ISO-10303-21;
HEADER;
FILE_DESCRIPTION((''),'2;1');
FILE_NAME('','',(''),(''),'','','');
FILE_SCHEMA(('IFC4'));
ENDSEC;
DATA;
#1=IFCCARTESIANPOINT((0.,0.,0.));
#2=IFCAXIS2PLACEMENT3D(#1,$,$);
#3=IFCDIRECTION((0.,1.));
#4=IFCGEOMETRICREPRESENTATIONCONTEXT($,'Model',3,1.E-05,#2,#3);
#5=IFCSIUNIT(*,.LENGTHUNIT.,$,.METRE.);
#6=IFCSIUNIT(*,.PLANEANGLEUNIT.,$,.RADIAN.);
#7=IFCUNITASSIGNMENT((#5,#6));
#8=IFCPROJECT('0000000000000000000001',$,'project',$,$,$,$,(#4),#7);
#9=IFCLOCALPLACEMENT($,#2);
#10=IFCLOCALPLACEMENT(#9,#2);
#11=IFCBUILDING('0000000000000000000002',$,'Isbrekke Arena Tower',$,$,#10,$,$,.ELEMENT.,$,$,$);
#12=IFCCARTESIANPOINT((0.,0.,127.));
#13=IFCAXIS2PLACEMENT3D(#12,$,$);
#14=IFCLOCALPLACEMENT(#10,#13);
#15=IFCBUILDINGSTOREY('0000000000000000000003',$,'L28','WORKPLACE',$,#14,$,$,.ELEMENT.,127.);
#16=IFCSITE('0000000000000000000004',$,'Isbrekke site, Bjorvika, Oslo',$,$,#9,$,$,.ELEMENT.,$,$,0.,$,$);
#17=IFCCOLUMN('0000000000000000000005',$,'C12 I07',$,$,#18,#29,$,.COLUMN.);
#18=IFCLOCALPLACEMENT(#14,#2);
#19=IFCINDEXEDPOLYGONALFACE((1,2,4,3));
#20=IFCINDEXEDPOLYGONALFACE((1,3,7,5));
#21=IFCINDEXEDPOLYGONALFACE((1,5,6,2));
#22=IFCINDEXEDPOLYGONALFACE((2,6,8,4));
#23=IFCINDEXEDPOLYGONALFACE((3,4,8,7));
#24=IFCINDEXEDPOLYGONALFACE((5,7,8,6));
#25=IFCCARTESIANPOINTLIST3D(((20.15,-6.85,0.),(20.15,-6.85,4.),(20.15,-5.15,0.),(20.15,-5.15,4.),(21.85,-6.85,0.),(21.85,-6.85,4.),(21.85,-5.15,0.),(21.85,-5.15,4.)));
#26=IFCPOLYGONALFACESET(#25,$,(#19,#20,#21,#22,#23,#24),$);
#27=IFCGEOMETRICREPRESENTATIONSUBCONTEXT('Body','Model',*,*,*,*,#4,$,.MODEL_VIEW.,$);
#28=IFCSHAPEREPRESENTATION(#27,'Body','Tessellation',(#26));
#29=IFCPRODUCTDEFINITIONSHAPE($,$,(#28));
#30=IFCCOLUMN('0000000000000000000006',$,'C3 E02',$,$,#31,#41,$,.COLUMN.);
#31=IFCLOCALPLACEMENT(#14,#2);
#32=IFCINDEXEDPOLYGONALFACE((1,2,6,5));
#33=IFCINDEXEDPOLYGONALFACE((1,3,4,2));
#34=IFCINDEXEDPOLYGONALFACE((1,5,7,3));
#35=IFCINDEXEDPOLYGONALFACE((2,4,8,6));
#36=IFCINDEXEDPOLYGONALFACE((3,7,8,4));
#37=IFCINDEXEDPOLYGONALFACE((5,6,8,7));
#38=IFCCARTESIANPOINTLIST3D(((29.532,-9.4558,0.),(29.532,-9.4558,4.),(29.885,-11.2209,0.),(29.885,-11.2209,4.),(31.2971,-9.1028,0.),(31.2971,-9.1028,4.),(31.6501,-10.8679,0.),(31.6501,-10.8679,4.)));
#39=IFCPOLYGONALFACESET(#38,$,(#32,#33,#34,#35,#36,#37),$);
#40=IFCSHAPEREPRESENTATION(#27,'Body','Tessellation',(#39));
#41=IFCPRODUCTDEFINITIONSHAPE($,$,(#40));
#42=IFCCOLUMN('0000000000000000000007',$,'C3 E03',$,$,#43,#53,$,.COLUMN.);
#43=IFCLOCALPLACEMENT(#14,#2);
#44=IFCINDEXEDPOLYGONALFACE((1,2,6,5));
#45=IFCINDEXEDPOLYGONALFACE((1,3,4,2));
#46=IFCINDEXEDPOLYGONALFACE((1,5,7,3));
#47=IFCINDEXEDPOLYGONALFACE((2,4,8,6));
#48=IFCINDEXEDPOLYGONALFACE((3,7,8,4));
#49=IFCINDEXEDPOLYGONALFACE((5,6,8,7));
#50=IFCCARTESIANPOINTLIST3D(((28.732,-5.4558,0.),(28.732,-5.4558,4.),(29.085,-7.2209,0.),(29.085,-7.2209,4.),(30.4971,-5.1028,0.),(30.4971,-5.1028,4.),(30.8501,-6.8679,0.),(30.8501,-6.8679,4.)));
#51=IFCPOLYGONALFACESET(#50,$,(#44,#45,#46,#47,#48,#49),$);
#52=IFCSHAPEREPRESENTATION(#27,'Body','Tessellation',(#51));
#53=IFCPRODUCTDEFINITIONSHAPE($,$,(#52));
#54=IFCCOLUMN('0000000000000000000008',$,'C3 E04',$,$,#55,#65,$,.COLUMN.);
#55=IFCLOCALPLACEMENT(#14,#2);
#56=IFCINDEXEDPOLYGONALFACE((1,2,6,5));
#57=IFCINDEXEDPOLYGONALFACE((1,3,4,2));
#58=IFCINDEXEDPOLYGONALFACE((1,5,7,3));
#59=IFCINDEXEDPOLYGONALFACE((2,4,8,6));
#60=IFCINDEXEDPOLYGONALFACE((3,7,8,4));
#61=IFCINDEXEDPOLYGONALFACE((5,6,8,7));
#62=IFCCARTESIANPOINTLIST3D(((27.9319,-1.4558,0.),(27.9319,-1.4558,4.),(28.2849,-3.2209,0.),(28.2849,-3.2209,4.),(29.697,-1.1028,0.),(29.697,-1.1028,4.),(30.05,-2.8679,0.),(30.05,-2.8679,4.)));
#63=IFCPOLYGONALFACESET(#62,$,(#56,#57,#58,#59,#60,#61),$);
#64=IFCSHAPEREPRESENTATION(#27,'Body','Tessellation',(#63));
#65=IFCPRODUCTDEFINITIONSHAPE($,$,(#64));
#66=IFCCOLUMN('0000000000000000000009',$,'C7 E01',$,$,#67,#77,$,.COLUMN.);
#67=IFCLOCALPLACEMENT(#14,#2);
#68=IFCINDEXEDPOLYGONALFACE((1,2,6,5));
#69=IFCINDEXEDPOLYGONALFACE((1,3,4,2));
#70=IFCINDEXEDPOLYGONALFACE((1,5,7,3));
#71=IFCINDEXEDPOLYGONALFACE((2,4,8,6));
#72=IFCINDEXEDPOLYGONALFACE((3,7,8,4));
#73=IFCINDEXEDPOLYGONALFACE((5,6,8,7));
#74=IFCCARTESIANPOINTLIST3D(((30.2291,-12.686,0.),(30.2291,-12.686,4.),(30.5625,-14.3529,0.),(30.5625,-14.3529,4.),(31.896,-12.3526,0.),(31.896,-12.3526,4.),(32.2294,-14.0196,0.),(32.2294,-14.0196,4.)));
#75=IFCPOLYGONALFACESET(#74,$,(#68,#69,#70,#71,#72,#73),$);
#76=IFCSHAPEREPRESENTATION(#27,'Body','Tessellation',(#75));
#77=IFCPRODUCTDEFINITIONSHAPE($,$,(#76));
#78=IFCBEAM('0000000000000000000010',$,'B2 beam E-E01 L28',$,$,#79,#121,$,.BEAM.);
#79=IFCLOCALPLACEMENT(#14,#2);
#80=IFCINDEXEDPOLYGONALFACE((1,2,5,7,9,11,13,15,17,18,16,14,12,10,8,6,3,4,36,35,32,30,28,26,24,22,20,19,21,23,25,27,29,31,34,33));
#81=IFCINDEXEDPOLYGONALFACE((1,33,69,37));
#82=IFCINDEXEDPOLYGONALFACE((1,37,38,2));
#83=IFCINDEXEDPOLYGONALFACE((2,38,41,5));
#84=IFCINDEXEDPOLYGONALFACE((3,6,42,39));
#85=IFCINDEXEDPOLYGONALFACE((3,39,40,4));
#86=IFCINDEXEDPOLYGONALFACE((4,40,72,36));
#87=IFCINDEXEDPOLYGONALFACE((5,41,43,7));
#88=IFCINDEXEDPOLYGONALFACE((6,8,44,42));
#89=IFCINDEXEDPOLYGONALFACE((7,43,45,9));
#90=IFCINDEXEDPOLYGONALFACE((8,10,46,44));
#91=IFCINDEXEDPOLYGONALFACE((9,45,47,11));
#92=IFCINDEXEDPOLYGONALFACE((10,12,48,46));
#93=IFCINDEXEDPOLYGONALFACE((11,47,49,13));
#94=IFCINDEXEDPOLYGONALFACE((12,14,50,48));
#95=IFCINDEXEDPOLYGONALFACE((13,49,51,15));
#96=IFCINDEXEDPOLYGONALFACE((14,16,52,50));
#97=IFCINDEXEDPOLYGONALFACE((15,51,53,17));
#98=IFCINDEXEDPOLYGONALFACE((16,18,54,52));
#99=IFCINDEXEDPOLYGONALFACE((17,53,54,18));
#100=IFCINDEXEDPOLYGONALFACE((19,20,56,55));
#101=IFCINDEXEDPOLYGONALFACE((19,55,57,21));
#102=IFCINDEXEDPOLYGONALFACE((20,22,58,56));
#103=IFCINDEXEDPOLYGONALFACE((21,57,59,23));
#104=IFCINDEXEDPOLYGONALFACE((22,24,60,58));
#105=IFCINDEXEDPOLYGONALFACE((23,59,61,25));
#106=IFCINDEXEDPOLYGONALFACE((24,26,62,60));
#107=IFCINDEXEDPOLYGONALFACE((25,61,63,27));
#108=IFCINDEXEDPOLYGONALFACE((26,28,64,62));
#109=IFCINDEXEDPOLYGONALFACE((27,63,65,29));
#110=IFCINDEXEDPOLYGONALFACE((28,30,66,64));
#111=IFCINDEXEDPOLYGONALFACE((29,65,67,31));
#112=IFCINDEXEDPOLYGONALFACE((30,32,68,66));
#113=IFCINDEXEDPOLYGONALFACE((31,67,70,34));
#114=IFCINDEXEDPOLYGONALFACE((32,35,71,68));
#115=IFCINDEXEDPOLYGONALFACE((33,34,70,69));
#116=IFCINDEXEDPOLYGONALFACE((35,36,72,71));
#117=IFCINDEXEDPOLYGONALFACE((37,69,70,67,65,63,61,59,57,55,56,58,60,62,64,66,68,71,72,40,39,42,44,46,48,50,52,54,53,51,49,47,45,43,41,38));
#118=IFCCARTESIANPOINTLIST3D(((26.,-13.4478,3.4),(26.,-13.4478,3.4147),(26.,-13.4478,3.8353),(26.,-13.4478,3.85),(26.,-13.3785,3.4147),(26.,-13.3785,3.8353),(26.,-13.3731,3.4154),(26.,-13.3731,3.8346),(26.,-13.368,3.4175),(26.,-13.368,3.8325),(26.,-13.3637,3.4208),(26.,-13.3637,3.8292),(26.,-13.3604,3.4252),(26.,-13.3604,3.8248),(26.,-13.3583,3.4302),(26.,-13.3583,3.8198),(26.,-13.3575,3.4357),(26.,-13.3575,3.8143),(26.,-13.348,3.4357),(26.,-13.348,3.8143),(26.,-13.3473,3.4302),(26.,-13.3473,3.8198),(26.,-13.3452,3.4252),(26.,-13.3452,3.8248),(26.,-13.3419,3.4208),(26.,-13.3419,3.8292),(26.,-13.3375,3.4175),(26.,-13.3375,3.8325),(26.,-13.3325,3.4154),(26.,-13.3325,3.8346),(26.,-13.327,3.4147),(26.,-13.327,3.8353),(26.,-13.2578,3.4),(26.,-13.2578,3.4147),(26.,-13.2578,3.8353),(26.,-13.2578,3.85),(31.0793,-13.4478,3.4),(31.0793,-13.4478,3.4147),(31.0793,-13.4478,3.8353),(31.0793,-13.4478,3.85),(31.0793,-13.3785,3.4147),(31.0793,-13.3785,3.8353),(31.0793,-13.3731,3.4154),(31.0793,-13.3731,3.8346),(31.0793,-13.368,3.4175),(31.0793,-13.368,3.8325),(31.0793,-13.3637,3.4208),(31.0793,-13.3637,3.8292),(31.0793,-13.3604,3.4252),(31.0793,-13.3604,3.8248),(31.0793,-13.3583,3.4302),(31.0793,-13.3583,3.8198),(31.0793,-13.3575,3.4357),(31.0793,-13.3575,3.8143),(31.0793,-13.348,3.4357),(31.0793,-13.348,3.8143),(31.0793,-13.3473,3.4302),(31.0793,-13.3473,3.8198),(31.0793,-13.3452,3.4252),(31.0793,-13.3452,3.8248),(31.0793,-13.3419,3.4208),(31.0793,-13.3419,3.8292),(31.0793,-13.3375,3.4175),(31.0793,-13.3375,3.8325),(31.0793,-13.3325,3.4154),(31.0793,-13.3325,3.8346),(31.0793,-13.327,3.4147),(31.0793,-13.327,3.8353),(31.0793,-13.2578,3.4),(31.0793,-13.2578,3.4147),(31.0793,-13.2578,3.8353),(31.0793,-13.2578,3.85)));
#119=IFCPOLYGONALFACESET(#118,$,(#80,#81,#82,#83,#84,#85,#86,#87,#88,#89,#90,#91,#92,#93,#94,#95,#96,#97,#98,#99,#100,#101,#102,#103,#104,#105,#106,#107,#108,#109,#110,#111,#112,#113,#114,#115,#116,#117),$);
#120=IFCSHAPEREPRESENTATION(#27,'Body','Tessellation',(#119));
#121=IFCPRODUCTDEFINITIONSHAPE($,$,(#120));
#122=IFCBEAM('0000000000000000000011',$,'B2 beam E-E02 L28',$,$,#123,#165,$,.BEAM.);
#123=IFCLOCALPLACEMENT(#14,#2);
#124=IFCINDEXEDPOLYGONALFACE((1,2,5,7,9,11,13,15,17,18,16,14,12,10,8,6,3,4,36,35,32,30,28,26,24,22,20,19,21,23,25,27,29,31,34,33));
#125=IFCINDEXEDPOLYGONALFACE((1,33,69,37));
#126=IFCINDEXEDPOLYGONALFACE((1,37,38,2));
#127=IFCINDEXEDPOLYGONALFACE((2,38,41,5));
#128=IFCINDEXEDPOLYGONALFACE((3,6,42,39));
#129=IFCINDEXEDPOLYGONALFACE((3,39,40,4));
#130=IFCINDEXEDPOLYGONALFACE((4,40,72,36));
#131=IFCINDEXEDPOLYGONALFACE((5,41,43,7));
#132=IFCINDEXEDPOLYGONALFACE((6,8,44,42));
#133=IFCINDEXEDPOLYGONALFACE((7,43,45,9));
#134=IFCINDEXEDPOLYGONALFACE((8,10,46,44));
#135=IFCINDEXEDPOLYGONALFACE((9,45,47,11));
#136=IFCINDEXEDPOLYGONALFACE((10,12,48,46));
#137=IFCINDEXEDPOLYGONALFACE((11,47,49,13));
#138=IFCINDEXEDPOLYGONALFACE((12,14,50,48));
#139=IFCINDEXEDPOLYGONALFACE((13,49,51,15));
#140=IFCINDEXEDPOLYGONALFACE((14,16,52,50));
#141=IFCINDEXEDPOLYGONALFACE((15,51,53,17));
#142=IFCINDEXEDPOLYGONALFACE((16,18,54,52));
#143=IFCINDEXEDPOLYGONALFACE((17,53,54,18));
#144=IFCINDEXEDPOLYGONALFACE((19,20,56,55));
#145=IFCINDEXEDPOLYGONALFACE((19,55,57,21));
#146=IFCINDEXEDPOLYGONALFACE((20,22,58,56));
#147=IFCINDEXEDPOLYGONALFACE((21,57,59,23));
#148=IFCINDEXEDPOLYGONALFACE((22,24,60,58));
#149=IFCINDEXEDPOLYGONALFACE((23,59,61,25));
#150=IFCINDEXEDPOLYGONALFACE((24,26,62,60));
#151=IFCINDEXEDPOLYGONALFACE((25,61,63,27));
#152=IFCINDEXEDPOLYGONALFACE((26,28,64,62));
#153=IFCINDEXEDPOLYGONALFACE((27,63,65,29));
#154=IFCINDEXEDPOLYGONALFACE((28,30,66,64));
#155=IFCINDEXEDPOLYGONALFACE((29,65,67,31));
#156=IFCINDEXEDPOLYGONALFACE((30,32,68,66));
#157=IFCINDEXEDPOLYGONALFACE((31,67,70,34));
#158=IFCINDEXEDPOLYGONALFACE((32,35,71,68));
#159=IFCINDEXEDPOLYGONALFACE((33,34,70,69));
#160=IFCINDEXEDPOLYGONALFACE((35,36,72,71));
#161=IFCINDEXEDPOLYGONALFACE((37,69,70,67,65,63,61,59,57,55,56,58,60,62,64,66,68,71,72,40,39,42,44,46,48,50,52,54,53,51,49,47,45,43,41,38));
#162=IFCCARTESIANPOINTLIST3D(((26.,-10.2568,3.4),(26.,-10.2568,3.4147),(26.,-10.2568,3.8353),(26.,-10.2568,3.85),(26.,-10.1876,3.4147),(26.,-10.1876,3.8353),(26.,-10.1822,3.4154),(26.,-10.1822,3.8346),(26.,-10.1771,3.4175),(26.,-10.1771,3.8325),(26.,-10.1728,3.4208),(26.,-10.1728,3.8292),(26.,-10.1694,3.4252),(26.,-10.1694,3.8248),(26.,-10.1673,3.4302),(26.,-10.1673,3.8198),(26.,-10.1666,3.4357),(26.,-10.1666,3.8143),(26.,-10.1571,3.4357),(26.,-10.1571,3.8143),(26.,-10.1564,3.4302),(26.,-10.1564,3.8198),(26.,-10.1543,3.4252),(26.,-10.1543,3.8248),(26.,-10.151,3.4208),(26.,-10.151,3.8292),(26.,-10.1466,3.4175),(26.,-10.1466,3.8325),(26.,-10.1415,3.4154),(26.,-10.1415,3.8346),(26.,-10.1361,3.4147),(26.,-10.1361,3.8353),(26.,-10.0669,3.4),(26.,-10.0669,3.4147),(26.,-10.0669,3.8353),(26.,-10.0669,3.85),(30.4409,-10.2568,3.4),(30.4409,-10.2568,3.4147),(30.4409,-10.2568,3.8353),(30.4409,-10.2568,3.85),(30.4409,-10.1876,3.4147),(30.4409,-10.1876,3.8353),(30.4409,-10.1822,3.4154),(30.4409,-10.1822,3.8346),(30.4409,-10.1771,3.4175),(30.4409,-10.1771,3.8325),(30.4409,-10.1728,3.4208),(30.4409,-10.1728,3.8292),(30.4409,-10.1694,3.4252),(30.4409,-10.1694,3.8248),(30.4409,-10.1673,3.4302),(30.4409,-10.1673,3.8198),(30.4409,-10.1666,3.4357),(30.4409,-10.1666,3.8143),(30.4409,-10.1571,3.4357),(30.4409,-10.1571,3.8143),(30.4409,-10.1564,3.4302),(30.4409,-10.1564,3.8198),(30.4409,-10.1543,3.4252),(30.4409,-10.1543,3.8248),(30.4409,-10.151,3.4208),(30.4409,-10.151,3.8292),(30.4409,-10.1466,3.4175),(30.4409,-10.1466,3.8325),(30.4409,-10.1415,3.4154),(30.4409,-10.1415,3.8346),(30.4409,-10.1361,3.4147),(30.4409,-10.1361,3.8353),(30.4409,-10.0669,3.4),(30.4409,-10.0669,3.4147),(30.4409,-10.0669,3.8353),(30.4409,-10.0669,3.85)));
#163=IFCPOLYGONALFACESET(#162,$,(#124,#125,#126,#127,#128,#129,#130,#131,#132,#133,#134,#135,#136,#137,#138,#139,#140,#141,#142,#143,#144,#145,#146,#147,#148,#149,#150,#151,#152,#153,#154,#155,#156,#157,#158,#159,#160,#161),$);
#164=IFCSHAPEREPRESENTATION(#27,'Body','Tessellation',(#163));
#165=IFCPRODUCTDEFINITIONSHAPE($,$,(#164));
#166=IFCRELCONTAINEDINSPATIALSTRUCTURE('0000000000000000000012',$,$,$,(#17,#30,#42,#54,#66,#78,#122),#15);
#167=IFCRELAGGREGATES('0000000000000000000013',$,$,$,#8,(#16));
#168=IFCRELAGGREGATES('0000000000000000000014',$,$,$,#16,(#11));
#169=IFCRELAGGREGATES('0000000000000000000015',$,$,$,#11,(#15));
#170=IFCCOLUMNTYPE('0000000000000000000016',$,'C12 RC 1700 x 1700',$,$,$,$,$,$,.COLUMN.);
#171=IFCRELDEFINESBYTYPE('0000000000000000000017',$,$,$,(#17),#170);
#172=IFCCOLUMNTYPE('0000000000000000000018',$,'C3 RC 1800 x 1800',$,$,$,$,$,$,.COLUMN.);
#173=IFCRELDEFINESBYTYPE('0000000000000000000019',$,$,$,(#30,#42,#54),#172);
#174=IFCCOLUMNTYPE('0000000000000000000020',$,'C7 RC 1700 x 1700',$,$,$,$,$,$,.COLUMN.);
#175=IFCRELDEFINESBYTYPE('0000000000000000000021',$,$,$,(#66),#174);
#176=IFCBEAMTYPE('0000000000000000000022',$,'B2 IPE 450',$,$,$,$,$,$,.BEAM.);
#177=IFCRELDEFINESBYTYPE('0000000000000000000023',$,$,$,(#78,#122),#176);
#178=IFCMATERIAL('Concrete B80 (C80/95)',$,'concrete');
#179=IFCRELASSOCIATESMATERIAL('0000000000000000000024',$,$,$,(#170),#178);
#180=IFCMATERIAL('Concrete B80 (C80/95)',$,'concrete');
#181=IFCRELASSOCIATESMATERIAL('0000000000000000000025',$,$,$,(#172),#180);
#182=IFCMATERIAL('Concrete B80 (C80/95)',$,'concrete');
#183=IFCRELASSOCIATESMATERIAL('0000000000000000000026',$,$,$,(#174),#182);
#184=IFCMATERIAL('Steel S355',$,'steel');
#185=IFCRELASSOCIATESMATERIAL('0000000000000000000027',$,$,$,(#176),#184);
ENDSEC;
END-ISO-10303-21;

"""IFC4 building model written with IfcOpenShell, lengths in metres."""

from ifc_helpers import new_model, si_unit, direction, frame, origin, origin_2d, place, context, subcontext, project, spatial, rectangle, i_section, extrude, material, material_profile, profile_set, type_object, element, save


model = new_model("IFC4")

# Units and contexts
model_context = context("Model", 3, precision=1e-05, world=origin(), true_north=direction((0.0, 1.0)))
body_context = subcontext(model_context, "Body", "Model", "MODEL_VIEW")
ifc_project = project(units=[si_unit("LENGTHUNIT", "METRE"), si_unit("PLANEANGLEUNIT", "RADIAN")], contexts=[model_context])

# Site, building, storey
site_placement = place(None, origin())
site = spatial("IfcSite", under=ifc_project, at=site_placement, Name="Isbrekke site, Bjorvika, Oslo", CompositionType="ELEMENT", RefElevation=0.0)
building_placement = place(site_placement, origin())
building = spatial("IfcBuilding", under=site, at=building_placement, Name="Isbrekke Arena Tower", CompositionType="ELEMENT")
storey_placement = place(building_placement, frame((0.0, 0.0, 127.0)))
storey = spatial("IfcBuildingStorey", under=building, at=storey_placement, Name="L28", Description="WORKPLACE", CompositionType="ELEMENT", Elevation=127.0)

# Columns
ifc_material_1 = material(Name="Concrete B80 (C80/95)", Category="concrete")
ifc_material_profile_1 = material_profile(ifc_material_1, rectangle(XDim=1.7, YDim=1.7, at=origin_2d()), Name="RC 1700x1700")
ifc_profile_set_1 = profile_set([ifc_material_profile_1], Name="Concrete B80 (C80/95)")
column_type_1 = type_object("IfcColumnType", Name="C12 RC 1700 x 1700", PredefinedType="COLUMN", material=ifc_profile_set_1)
column_1_placement = place(storey_placement, frame((21.0, -6.0, 0.0), z_axis=(0.0, 0.0, 1.0), x_axis=(1.0, 0.0, 0.0)))
element("IfcColumn", 1, at=column_1_placement, inside=storey, type_object=column_type_1, Name="C12 I07", PredefinedType="COLUMN", context=body_context, shape_type="SweptSolid", body=[
    extrude(rectangle(XDim=1.7, YDim=1.7, at=origin_2d()), origin(), (0.0, 0.0, 1.0), 4.0),
])
ifc_material_2 = material(Name="Concrete B80 (C80/95)", Category="concrete")
ifc_material_profile_2 = material_profile(ifc_material_2, rectangle(XDim=1.8, YDim=1.8, at=origin_2d()), Name="RC 1800x1800")
ifc_profile_set_2 = profile_set([ifc_material_profile_2], Name="Concrete B80 (C80/95)")
column_type_2 = type_object("IfcColumnType", Name="C3 RC 1800 x 1800", PredefinedType="COLUMN", material=ifc_profile_set_2)
for number, where, z_axis, x_axis, name in (
    (2, (30.5911, -10.1619, 0.0), (0.0, 0.0, 1.0), (-0.196116, 0.980581, 0.0), "C3 E02"),
    (3, (29.791, -6.1619, 0.0), (0.0, 0.0, 1.0), (-0.196116, 0.980581, 0.0), "C3 E03"),
    (4, (28.991, -2.1619, 0.0), (0.0, 0.0, 1.0), (-0.196116, 0.980581, 0.0), "C3 E04"),
):
    element("IfcColumn", number, at=place(storey_placement, frame(where, z_axis=z_axis, x_axis=x_axis)), inside=storey, type_object=column_type_2, Name=name, PredefinedType="COLUMN", context=body_context, shape_type="SweptSolid", body=[
        extrude(rectangle(XDim=1.8, YDim=1.8, at=origin_2d()), origin(), (0.0, 0.0, 1.0), 4.0),
    ])
ifc_material_3 = material(Name="Concrete B80 (C80/95)", Category="concrete")
ifc_material_profile_3 = material_profile(ifc_material_3, rectangle(XDim=1.7, YDim=1.7, at=origin_2d()), Name="RC 1700x1700")
ifc_profile_set_3 = profile_set([ifc_material_profile_3], Name="Concrete B80 (C80/95)")
column_type_3 = type_object("IfcColumnType", Name="C7 RC 1700 x 1700", PredefinedType="COLUMN", material=ifc_profile_set_3)
column_2_placement = place(storey_placement, frame((31.2292, -13.3528, 0.0), z_axis=(0.0, 0.0, 1.0), x_axis=(-0.196116, 0.980581, 0.0)))
element("IfcColumn", 5, at=column_2_placement, inside=storey, type_object=column_type_3, Name="C7 E01", PredefinedType="COLUMN", context=body_context, shape_type="SweptSolid", body=[
    extrude(rectangle(XDim=1.7, YDim=1.7, at=origin_2d()), origin(), (0.0, 0.0, 1.0), 4.0),
])

# Beams
ifc_material_4 = material(Name="Steel S355", Category="steel")
ifc_material_profile_4 = material_profile(ifc_material_4, i_section(OverallWidth=0.1899, OverallDepth=0.45, WebThickness=0.0095, FlangeThickness=0.0146, FilletRadius=0.021, at=origin_2d()), Name="IPE 450")
ifc_profile_set_4 = profile_set([ifc_material_profile_4], Name="Steel S355")
beam_type_1 = type_object("IfcBeamType", Name="B2 IPE 450", PredefinedType="BEAM", material=ifc_profile_set_4)
beam_1_placement = place(storey_placement, frame((31.0793, -13.3528, 3.625), z_axis=(-1.0, 0.0, 0.0), x_axis=(0.0, -1.0, 0.0)))
element("IfcBeam", 6, at=beam_1_placement, inside=storey, type_object=beam_type_1, Name="B2 beam E-E01 L28", PredefinedType="BEAM", context=body_context, shape_type="SweptSolid", body=[
    extrude(i_section(OverallWidth=0.1899, OverallDepth=0.45, WebThickness=0.0095, FlangeThickness=0.0146, FilletRadius=0.021, at=origin_2d()), origin(), (0.0, 0.0, 1.0), 5.0793),
])
beam_2_placement = place(storey_placement, frame((30.4409, -10.1619, 3.625), z_axis=(-1.0, 0.0, 0.0), x_axis=(0.0, -1.0, 0.0)))
element("IfcBeam", 7, at=beam_2_placement, inside=storey, type_object=beam_type_1, Name="B2 beam E-E02 L28", PredefinedType="BEAM", context=body_context, shape_type="SweptSolid", body=[
    extrude(i_section(OverallWidth=0.1899, OverallDepth=0.45, WebThickness=0.0095, FlangeThickness=0.0146, FilletRadius=0.021, at=origin_2d()), origin(), (0.0, 0.0, 1.0), 4.4409),
])

save(model, "model.ifc")
